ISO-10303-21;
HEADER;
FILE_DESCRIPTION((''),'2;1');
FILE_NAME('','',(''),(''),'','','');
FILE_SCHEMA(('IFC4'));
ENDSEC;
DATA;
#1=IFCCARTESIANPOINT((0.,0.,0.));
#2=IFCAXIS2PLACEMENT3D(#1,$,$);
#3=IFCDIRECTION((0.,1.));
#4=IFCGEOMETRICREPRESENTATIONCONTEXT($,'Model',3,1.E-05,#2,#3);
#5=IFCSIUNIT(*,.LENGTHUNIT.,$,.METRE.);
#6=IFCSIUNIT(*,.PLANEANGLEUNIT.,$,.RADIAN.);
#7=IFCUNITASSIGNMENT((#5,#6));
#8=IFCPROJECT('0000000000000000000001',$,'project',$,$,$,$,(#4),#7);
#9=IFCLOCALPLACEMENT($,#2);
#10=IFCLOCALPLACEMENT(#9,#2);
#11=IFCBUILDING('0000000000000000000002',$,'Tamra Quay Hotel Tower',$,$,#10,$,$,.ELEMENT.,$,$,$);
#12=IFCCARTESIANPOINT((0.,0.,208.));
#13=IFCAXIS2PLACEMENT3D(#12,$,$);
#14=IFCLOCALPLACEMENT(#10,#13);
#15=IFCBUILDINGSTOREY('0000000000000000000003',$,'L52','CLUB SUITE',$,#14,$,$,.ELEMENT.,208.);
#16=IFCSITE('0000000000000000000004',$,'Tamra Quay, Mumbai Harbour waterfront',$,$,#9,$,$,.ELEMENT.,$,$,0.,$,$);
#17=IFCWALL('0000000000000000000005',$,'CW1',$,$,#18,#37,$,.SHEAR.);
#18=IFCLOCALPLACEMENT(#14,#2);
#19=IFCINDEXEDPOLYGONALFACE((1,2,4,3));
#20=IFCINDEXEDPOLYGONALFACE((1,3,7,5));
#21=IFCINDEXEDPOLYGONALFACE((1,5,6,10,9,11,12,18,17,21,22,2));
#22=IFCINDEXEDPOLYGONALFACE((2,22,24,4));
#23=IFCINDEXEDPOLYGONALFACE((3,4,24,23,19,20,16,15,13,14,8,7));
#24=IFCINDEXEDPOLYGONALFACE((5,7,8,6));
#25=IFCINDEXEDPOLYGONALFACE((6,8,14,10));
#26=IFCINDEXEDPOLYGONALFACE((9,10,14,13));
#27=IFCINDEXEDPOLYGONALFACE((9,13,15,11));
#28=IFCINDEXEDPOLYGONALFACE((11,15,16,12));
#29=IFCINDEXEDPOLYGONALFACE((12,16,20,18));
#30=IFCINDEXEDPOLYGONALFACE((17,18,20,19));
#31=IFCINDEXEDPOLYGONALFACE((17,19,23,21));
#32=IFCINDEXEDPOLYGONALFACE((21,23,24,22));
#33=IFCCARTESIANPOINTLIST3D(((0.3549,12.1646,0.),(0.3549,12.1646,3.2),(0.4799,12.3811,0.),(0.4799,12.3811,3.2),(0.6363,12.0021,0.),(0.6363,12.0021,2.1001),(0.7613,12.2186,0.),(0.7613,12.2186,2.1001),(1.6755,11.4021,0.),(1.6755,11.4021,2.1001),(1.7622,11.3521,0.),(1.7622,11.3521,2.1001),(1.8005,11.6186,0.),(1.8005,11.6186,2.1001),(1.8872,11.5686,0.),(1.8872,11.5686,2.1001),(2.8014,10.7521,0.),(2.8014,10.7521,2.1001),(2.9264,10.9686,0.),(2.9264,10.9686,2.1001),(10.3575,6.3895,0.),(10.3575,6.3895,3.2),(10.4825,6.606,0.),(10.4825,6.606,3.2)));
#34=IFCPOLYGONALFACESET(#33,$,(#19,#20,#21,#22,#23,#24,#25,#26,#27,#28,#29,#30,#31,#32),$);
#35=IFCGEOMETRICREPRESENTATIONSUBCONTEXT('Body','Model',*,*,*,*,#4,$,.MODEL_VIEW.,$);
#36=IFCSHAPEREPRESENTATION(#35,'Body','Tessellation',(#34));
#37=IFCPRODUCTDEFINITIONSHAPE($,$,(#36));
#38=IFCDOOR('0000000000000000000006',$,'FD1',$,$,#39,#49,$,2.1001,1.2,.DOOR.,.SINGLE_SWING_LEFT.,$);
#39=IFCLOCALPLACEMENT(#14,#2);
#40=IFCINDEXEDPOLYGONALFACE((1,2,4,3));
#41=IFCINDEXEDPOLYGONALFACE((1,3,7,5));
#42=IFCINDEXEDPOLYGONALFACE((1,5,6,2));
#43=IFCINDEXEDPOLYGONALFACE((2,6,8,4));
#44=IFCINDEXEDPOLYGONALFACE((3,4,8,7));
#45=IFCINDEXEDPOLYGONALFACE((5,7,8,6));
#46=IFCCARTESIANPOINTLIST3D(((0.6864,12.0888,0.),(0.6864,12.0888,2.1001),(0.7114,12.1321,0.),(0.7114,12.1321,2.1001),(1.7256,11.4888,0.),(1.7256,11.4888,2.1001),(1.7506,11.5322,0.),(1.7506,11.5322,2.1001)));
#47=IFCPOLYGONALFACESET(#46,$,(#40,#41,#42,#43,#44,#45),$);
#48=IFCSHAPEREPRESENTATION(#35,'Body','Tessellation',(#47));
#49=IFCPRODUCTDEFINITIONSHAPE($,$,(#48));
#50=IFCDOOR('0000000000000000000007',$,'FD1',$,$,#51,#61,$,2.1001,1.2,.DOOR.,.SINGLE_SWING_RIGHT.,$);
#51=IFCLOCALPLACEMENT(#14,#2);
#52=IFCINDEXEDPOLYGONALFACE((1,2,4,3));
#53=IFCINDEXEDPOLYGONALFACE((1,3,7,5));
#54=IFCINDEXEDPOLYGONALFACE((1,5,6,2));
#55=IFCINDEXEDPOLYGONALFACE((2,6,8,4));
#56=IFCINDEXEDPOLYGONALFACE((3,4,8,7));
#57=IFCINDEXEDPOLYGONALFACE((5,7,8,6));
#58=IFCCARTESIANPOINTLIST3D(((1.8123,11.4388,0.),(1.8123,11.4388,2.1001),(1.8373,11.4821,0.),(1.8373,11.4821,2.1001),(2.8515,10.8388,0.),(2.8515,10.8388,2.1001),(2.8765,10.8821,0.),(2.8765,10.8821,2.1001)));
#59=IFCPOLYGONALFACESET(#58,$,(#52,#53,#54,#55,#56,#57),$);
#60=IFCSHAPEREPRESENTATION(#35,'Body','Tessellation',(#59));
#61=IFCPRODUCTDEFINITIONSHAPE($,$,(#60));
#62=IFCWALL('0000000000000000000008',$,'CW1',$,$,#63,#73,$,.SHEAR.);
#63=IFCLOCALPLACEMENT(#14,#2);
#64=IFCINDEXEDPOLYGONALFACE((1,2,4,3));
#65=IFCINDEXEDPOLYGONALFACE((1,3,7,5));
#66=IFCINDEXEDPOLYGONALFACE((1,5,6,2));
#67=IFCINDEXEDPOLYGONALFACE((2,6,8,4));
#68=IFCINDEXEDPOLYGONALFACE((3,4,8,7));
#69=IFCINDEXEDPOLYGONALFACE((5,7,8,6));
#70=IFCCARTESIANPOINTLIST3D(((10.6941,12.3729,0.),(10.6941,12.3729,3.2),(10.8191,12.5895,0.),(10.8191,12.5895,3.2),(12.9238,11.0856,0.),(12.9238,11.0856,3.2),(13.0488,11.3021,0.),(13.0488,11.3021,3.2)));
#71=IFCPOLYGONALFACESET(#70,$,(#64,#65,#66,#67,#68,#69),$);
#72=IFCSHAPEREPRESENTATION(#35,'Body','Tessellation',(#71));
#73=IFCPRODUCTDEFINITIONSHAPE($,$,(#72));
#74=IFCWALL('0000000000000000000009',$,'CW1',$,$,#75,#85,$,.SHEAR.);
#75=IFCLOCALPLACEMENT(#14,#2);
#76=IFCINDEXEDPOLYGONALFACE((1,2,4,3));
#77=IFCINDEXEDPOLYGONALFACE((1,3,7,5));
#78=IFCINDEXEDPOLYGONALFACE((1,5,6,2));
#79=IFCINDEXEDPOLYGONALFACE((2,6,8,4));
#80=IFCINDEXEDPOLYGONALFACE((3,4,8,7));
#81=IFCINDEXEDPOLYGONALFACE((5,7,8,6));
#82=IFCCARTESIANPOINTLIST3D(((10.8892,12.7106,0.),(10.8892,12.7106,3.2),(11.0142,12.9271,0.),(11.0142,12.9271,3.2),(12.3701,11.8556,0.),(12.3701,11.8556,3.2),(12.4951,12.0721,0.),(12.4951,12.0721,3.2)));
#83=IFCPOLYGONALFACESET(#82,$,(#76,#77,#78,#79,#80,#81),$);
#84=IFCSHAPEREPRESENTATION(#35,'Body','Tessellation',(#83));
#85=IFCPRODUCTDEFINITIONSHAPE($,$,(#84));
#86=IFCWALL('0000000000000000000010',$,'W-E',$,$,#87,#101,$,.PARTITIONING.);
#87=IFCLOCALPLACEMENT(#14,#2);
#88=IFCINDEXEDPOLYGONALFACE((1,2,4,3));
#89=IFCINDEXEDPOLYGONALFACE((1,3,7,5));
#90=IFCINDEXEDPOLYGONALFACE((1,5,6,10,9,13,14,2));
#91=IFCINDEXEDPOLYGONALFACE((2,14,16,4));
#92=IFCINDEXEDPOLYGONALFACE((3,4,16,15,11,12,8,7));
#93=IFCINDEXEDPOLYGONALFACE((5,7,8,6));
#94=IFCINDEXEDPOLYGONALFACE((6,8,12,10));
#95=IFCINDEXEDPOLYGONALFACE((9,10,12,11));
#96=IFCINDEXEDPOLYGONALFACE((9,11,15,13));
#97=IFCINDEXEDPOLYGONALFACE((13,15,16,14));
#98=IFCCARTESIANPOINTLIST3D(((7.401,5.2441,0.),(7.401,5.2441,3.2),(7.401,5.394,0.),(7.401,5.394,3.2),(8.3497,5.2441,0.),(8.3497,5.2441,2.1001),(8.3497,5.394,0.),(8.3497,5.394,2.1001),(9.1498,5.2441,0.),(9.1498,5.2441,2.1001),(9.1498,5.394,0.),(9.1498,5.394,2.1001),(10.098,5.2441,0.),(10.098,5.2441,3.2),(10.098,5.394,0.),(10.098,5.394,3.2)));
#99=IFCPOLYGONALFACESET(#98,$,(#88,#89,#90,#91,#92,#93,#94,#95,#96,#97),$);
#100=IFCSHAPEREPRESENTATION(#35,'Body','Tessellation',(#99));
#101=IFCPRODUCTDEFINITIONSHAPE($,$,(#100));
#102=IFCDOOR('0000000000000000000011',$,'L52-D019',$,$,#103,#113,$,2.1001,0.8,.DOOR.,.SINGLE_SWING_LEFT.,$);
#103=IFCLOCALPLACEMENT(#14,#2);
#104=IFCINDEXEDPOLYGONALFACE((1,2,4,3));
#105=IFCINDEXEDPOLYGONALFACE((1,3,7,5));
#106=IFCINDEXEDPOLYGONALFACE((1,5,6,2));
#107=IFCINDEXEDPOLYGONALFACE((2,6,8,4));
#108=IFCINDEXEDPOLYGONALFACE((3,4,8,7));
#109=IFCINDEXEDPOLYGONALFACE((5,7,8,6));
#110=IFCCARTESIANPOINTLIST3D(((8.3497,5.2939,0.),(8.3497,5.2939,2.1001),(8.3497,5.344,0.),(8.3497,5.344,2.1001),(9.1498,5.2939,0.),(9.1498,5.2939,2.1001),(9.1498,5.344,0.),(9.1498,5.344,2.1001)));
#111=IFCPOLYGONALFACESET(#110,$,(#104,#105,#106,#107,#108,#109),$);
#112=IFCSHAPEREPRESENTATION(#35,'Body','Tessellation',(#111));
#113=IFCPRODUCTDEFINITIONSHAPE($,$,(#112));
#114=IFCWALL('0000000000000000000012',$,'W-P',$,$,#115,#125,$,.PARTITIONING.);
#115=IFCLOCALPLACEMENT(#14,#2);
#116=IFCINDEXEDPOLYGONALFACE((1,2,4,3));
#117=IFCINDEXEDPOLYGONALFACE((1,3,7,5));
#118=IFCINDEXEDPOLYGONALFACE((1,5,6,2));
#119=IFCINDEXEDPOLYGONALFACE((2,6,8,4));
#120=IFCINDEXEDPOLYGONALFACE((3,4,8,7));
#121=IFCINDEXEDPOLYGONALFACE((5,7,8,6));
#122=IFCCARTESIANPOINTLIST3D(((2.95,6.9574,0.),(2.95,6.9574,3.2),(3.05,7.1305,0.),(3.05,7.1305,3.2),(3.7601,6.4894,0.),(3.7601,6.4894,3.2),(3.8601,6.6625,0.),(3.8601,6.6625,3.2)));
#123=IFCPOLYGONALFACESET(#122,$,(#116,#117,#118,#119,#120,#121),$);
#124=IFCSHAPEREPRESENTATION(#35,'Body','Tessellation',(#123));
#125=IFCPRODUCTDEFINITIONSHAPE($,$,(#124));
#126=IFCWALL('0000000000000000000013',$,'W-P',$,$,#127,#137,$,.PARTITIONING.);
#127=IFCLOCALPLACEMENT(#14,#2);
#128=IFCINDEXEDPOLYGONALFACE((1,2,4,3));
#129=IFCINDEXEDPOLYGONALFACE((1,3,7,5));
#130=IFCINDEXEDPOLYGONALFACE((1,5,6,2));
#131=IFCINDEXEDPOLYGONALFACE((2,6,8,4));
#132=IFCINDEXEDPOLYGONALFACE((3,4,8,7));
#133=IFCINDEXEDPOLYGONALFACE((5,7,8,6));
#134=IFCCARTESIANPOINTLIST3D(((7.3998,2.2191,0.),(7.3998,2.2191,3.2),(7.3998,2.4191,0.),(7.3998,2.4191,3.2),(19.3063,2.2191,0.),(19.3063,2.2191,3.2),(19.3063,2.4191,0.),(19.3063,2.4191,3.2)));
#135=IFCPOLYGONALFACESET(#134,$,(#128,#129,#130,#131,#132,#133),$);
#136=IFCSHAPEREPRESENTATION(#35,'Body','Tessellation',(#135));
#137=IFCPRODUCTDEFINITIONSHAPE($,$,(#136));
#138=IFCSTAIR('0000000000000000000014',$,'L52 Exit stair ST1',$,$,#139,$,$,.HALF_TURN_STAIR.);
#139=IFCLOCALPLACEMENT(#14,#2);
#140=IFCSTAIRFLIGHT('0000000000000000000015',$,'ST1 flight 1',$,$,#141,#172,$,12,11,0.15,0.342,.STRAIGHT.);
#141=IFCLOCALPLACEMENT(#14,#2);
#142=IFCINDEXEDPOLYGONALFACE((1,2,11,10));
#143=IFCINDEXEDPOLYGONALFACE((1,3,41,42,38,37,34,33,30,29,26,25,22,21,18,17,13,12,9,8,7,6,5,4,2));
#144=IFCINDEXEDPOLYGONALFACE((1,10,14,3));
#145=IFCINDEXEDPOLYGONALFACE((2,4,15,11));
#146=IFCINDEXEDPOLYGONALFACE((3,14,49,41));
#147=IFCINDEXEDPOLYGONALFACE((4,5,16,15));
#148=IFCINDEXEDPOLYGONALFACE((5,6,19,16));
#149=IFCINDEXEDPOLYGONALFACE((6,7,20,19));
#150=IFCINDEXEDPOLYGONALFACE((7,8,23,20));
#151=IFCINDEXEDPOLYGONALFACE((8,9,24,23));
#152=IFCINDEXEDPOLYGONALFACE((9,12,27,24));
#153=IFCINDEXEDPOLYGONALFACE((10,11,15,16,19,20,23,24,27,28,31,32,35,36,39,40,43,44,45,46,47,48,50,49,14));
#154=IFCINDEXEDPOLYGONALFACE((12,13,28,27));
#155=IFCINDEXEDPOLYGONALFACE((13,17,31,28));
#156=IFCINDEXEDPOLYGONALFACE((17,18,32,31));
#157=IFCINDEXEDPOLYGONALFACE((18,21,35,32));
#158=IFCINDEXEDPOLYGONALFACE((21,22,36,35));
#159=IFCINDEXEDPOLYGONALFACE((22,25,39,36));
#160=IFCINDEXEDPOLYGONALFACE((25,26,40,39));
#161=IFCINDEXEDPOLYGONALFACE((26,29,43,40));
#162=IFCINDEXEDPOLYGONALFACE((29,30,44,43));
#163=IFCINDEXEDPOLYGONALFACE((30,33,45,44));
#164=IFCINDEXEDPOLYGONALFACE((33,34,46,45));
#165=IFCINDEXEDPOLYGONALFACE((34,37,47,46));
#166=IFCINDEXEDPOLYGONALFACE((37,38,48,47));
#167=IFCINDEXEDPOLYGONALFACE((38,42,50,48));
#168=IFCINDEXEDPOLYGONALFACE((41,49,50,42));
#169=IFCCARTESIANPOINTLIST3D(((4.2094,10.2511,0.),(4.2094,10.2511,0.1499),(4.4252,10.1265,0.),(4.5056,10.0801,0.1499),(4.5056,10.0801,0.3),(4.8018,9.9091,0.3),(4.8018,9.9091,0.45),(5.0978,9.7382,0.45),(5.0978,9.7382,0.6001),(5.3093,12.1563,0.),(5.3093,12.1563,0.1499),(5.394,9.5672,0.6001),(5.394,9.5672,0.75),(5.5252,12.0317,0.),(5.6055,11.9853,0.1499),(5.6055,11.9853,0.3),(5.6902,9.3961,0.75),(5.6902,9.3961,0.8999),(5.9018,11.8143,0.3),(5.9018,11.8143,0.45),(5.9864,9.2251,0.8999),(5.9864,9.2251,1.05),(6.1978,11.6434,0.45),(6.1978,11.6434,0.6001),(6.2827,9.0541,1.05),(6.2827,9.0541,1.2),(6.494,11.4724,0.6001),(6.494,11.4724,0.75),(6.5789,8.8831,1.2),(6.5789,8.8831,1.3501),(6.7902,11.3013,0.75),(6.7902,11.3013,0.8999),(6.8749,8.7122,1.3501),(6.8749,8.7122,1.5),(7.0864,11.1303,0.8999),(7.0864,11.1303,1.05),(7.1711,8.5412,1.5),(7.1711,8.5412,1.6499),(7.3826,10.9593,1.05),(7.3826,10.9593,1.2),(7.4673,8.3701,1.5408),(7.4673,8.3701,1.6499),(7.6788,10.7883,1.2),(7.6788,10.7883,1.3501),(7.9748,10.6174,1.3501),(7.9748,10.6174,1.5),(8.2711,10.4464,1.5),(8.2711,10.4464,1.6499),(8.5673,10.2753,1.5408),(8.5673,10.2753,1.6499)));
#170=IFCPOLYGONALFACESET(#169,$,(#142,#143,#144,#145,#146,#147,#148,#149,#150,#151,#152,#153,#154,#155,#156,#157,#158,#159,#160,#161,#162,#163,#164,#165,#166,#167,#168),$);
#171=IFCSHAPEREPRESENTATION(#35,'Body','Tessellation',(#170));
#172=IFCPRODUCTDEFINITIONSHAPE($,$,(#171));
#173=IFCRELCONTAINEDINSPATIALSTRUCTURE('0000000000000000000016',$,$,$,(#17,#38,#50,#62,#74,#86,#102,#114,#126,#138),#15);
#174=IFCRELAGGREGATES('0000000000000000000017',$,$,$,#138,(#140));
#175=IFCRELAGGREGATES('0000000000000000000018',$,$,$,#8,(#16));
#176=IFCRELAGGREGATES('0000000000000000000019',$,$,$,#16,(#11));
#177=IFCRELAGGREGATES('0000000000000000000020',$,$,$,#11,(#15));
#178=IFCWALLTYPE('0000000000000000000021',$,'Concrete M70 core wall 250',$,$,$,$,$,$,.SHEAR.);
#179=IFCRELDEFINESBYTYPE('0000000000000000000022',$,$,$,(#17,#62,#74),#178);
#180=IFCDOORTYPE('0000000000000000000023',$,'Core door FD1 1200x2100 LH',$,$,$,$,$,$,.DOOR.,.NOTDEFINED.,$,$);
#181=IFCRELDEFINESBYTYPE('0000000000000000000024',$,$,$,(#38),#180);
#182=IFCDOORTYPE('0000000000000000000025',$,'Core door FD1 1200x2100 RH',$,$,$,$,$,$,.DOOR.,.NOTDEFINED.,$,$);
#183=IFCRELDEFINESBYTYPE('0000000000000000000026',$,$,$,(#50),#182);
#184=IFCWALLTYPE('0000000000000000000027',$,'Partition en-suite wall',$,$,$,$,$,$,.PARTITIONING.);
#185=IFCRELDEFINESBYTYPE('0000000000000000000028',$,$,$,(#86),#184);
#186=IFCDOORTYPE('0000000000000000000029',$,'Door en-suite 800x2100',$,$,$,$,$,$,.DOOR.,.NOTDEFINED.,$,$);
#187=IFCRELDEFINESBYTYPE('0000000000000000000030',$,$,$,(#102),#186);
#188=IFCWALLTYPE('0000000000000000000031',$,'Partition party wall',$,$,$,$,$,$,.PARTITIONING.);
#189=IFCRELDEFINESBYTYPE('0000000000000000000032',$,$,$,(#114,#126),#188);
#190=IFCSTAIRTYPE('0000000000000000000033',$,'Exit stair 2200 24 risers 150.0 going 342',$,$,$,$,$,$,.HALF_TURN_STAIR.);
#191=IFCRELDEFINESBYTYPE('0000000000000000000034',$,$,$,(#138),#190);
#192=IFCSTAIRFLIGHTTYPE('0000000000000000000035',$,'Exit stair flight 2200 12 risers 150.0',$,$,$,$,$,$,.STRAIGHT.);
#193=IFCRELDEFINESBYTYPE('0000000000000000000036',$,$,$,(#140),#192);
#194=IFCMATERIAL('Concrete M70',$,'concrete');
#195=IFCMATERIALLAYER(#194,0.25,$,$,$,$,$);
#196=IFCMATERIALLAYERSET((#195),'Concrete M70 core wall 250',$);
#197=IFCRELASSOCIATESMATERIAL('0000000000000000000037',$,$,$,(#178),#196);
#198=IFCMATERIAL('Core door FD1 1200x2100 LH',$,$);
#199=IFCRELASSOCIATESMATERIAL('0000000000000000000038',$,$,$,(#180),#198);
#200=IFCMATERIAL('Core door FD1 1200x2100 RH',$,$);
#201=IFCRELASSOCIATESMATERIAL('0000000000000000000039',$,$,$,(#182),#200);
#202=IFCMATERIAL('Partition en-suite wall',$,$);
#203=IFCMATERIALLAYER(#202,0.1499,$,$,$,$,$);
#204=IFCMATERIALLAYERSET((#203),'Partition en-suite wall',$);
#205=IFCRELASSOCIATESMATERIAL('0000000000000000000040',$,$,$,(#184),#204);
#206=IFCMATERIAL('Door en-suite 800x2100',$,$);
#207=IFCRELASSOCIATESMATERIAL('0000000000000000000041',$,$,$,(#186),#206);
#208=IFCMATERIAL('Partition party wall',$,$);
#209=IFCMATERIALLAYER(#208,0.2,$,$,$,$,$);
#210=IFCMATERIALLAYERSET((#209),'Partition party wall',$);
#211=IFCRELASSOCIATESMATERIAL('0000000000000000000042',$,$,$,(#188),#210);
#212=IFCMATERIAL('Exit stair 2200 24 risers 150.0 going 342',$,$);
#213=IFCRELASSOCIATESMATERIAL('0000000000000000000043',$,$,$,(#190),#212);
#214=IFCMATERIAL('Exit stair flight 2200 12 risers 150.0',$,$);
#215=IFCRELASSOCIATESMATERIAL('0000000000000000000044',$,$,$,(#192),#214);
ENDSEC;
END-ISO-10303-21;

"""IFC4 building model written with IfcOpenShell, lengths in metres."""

from ifc_helpers import new_model, si_unit, direction, frame, frame_2d, origin, place, context, subcontext, project, spatial, polyline, rectangle, outline, extrude, material, layer, layer_set, type_object, element, fill, aggregate, save


model = new_model("IFC4")

# Units and contexts
model_context = context("Model", 3, precision=1e-05, world=origin(), true_north=direction((0.0, 1.0)))
body_context = subcontext(model_context, "Body", "Model", "MODEL_VIEW")
ifc_project = project(units=[si_unit("LENGTHUNIT", "METRE"), si_unit("PLANEANGLEUNIT", "RADIAN")], contexts=[model_context])

# Site, building, storey
site_placement = place(None, origin())
site = spatial("IfcSite", under=ifc_project, at=site_placement, Name="Tamra Quay, Mumbai Harbour waterfront", CompositionType="ELEMENT", RefElevation=0.0)
building_placement = place(site_placement, origin())
building = spatial("IfcBuilding", under=site, at=building_placement, Name="Tamra Quay Hotel Tower", CompositionType="ELEMENT")
storey_placement = place(building_placement, frame((0.0, 0.0, 208.0)))
storey = spatial("IfcBuildingStorey", under=building, at=storey_placement, Name="L52", Description="CLUB SUITE", CompositionType="ELEMENT", Elevation=208.0)

# Shared definitions
ifc_material_1 = material(Name="Concrete M70", Category="concrete")

# Wall, openings, doors
ifc_layer_1 = layer(ifc_material_1, 0.25)
ifc_layer_set_1 = layer_set([ifc_layer_1], Name="Concrete M70 core wall 250")
wall_type_1 = type_object("IfcWallType", Name="Concrete M70 core wall 250", PredefinedType="SHEAR", material=ifc_layer_set_1)
wall_1_placement = place(storey_placement, frame((10.4199, 6.4978, 0.0), z_axis=(0.0, 0.0, 1.0), x_axis=(-0.866022, 0.500006, 0.0)))
wall_1 = element("IfcWall", 1, at=wall_1_placement, inside=storey, type_object=wall_type_1, Name="CW1", PredefinedType="SHEAR", context=body_context, shape_type="SweptSolid", body=[
    extrude(rectangle(XDim=11.55, YDim=0.25, at=frame_2d((5.7749, 0.0))), origin(), (0.0, 0.0, 1.0), 3.2),
])
opening_1_placement = place(wall_1_placement, frame((10.0249, 0.0, 0.0)))
opening_1 = element("IfcOpeningElement", 2, at=opening_1_placement, cuts=wall_1, PredefinedType="OPENING", context=body_context, shape_type="SweptSolid", body=[
    extrude(rectangle(XDim=1.2, YDim=2.1001, at=frame_2d((0.6001, 1.05))), frame((0.0, 0.135, 0.0), z_axis=(0.0, -1.0, 0.0), x_axis=(1.0, 0.0, 0.0)), (0.0, 0.0, 1.0), 0.27),
])
opening_2_placement = place(wall_1_placement, frame((8.7249, 0.0, 0.0)))
opening_2 = element("IfcOpeningElement", 3, at=opening_2_placement, cuts=wall_1, PredefinedType="OPENING", context=body_context, shape_type="SweptSolid", body=[
    extrude(rectangle(XDim=1.2, YDim=2.1001, at=frame_2d((0.6001, 1.05))), frame((0.0, 0.135, 0.0), z_axis=(0.0, -1.0, 0.0), x_axis=(1.0, 0.0, 0.0)), (0.0, 0.0, 1.0), 0.27),
])
ifc_material_2 = material(Name="Core door FD1 1200x2100 LH")
door_type_1 = type_object("IfcDoorType", Name="Core door FD1 1200x2100 LH", OperationType="NOTDEFINED", PredefinedType="DOOR", material=ifc_material_2)
door_1_placement = place(opening_1_placement, origin())
door_1 = element("IfcDoor", 4, at=door_1_placement, inside=storey, type_object=door_type_1, Name="FD1", OperationType="SINGLE_SWING_LEFT", OverallHeight=2.1001, OverallWidth=1.2, PredefinedType="DOOR", context=body_context, shape_type="SweptSolid", body=[
    extrude(rectangle(XDim=1.2, YDim=2.1001, at=frame_2d((0.6001, 1.05))), frame((0.0, 0.0249, 0.0), z_axis=(0.0, -1.0, 0.0), x_axis=(1.0, 0.0, 0.0)), (0.0, 0.0, 1.0), 0.05),
])
fill(opening_1, door_1)
ifc_material_3 = material(Name="Core door FD1 1200x2100 RH")
door_type_2 = type_object("IfcDoorType", Name="Core door FD1 1200x2100 RH", OperationType="NOTDEFINED", PredefinedType="DOOR", material=ifc_material_3)
door_2_placement = place(opening_2_placement, origin())
door_2 = element("IfcDoor", 5, at=door_2_placement, inside=storey, type_object=door_type_2, Name="FD1", OperationType="SINGLE_SWING_RIGHT", OverallHeight=2.1001, OverallWidth=1.2, PredefinedType="DOOR", context=body_context, shape_type="SweptSolid", body=[
    extrude(rectangle(XDim=1.2, YDim=2.1001, at=frame_2d((0.6001, 1.05))), frame((0.0, 0.0249, 0.0), z_axis=(0.0, -1.0, 0.0), x_axis=(1.0, 0.0, 0.0)), (0.0, 0.0, 1.0), 0.05),
])
fill(opening_2, door_2)

# Walls
wall_2_placement = place(storey_placement, frame((10.7566, 12.4812, 0.0), z_axis=(0.0, 0.0, 1.0), x_axis=(0.866023, -0.500004, 0.0)))
element("IfcWall", 6, at=wall_2_placement, inside=storey, type_object=wall_type_1, Name="CW1", PredefinedType="SHEAR", context=body_context, shape_type="SweptSolid", body=[
    extrude(rectangle(XDim=2.5747, YDim=0.25, at=frame_2d((1.2874, 0.0))), origin(), (0.0, 0.0, 1.0), 3.2),
])
wall_3_placement = place(storey_placement, frame((12.4326, 11.9639, 0.0), z_axis=(0.0, 0.0, 1.0), x_axis=(-0.866038, 0.499978, 0.0)))
element("IfcWall", 7, at=wall_3_placement, inside=storey, type_object=wall_type_1, Name="CW1", PredefinedType="SHEAR", context=body_context, shape_type="SweptSolid", body=[
    extrude(rectangle(XDim=1.71, YDim=0.25, at=frame_2d((0.855, 0.0))), origin(), (0.0, 0.0, 1.0), 3.2),
])

# Wall, opening, door
ifc_material_4 = material(Name="Partition en-suite wall")
ifc_layer_2 = layer(ifc_material_4, 0.1499)
ifc_layer_set_2 = layer_set([ifc_layer_2], Name="Partition en-suite wall")
wall_type_2 = type_object("IfcWallType", Name="Partition en-suite wall", PredefinedType="PARTITIONING", material=ifc_layer_set_2)
wall_4_placement = place(storey_placement, frame((7.4009, 5.3191, 0.0), z_axis=(0.0, 0.0, 1.0), x_axis=(1.0, 0.0, 0.0)))
wall_4 = element("IfcWall", 8, at=wall_4_placement, inside=storey, type_object=wall_type_2, Name="W-E", PredefinedType="PARTITIONING", context=body_context, shape_type="SweptSolid", body=[
    extrude(rectangle(XDim=2.697, YDim=0.1499, at=frame_2d((1.3486, 0.0))), origin(), (0.0, 0.0, 1.0), 3.2),
])
opening_3_placement = place(wall_4_placement, frame((0.949, 0.0, 0.0)))
opening_3 = element("IfcOpeningElement", 9, at=opening_3_placement, cuts=wall_4, PredefinedType="OPENING", context=body_context, shape_type="SweptSolid", body=[
    extrude(rectangle(XDim=0.8, YDim=2.1001, at=frame_2d((0.3999, 1.05))), frame((0.0, 0.085, 0.0), z_axis=(0.0, -1.0, 0.0), x_axis=(1.0, 0.0, 0.0)), (0.0, 0.0, 1.0), 0.1699),
])
ifc_material_5 = material(Name="Door en-suite 800x2100")
door_type_3 = type_object("IfcDoorType", Name="Door en-suite 800x2100", OperationType="NOTDEFINED", PredefinedType="DOOR", material=ifc_material_5)
door_3_placement = place(opening_3_placement, origin())
door_3 = element("IfcDoor", 10, at=door_3_placement, inside=storey, type_object=door_type_3, Name="L52-D019", OperationType="SINGLE_SWING_LEFT", OverallHeight=2.1001, OverallWidth=0.8, PredefinedType="DOOR", context=body_context, shape_type="SweptSolid", body=[
    extrude(rectangle(XDim=0.8, YDim=2.1001, at=frame_2d((0.3999, 1.05))), frame((0.0, 0.0249, 0.0), z_axis=(0.0, -1.0, 0.0), x_axis=(1.0, 0.0, 0.0)), (0.0, 0.0, 1.0), 0.05),
])
fill(opening_3, door_3)

# Walls
ifc_material_6 = material(Name="Partition party wall")
ifc_layer_3 = layer(ifc_material_6, 0.2)
ifc_layer_set_3 = layer_set([ifc_layer_3], Name="Partition party wall")
wall_type_3 = type_object("IfcWallType", Name="Partition party wall", PredefinedType="PARTITIONING", material=ifc_layer_set_3)
wall_5_placement = place(storey_placement, frame((3.0, 7.0439, 0.0), z_axis=(0.0, 0.0, 1.0), x_axis=(0.865873, -0.500265, 0.0)))
element("IfcWall", 11, at=wall_5_placement, inside=storey, type_object=wall_type_3, Name="W-P", PredefinedType="PARTITIONING", context=body_context, shape_type="SweptSolid", body=[
    extrude(rectangle(XDim=0.9355, YDim=0.2, at=frame_2d((0.4678, 0.0))), origin(), (0.0, 0.0, 1.0), 3.2),
])
wall_6_placement = place(storey_placement, frame((7.3999, 2.3191, 0.0), z_axis=(0.0, 0.0, 1.0), x_axis=(1.0, 0.0, 0.0)))
element("IfcWall", 12, at=wall_6_placement, inside=storey, type_object=wall_type_3, Name="W-P", PredefinedType="PARTITIONING", context=body_context, shape_type="SweptSolid", body=[
    extrude(rectangle(XDim=11.9065, YDim=0.2, at=frame_2d((5.9531, 0.0))), origin(), (0.0, 0.0, 1.0), 3.2),
])

# Stair, stair flight
ifc_material_7 = material(Name="Exit stair 2200 24 risers 150.0 going 342")
stair_type = type_object("IfcStairType", Name="Exit stair 2200 24 risers 150.0 going 342", PredefinedType="HALF_TURN_STAIR", material=ifc_material_7)
stair_placement = place(storey_placement, origin())
stair = element("IfcStair", 13, at=stair_placement, inside=storey, type_object=stair_type, Name="L52 Exit stair ST1", PredefinedType="HALF_TURN_STAIR")
ifc_material_8 = material(Name="Exit stair flight 2200 12 risers 150.0")
stair_flight_type = type_object("IfcStairFlightType", Name="Exit stair flight 2200 12 risers 150.0", PredefinedType="STRAIGHT", material=ifc_material_8)
stair_flight_1_placement = place(storey_placement, frame((4.7593, 11.2036, 0.0), z_axis=(0.0, 0.0, 1.0), x_axis=(0.866025, -0.5, 0.0)))
stair_flight_1 = element("IfcStairFlight", 14, at=stair_flight_1_placement, type_object=stair_flight_type, Name="ST1 flight 1", NumberOfRisers=12, NumberOfTreads=11, PredefinedType="STRAIGHT", RiserHeight=0.15, TreadLength=0.342, context=body_context, shape_type="SweptSolid", body=[
    extrude(outline(polyline([(0.0, 0.0), (0.0, 0.1499), (0.342, 0.1499), (0.342, 0.3), (0.6841, 0.3), (0.6841, 0.45), (1.0259, 0.45), (1.0259, 0.6001), (1.3679, 0.6001), (1.3679, 0.75), (1.71, 0.75), (1.71, 0.8999), (2.052, 0.8999), (2.052, 1.05), (2.394, 1.05), (2.394, 1.2), (2.7361, 1.2), (2.7361, 1.3501), (3.0779, 1.3501), (3.0779, 1.5), (3.4199, 1.5), (3.4199, 1.6499), (3.762, 1.6499), (3.762, 1.8), (3.762, 1.5408), (0.2493, 0.0), (0.0, 0.0)])), frame((0.0, 1.1001, 0.0), z_axis=(0.0, -1.0, 0.0), x_axis=(1.0, 0.0, 0.0)), (0.0, 0.0, 1.0), 2.2),
])
aggregate(stair, [stair_flight_1])

save(model, "model.ifc")
